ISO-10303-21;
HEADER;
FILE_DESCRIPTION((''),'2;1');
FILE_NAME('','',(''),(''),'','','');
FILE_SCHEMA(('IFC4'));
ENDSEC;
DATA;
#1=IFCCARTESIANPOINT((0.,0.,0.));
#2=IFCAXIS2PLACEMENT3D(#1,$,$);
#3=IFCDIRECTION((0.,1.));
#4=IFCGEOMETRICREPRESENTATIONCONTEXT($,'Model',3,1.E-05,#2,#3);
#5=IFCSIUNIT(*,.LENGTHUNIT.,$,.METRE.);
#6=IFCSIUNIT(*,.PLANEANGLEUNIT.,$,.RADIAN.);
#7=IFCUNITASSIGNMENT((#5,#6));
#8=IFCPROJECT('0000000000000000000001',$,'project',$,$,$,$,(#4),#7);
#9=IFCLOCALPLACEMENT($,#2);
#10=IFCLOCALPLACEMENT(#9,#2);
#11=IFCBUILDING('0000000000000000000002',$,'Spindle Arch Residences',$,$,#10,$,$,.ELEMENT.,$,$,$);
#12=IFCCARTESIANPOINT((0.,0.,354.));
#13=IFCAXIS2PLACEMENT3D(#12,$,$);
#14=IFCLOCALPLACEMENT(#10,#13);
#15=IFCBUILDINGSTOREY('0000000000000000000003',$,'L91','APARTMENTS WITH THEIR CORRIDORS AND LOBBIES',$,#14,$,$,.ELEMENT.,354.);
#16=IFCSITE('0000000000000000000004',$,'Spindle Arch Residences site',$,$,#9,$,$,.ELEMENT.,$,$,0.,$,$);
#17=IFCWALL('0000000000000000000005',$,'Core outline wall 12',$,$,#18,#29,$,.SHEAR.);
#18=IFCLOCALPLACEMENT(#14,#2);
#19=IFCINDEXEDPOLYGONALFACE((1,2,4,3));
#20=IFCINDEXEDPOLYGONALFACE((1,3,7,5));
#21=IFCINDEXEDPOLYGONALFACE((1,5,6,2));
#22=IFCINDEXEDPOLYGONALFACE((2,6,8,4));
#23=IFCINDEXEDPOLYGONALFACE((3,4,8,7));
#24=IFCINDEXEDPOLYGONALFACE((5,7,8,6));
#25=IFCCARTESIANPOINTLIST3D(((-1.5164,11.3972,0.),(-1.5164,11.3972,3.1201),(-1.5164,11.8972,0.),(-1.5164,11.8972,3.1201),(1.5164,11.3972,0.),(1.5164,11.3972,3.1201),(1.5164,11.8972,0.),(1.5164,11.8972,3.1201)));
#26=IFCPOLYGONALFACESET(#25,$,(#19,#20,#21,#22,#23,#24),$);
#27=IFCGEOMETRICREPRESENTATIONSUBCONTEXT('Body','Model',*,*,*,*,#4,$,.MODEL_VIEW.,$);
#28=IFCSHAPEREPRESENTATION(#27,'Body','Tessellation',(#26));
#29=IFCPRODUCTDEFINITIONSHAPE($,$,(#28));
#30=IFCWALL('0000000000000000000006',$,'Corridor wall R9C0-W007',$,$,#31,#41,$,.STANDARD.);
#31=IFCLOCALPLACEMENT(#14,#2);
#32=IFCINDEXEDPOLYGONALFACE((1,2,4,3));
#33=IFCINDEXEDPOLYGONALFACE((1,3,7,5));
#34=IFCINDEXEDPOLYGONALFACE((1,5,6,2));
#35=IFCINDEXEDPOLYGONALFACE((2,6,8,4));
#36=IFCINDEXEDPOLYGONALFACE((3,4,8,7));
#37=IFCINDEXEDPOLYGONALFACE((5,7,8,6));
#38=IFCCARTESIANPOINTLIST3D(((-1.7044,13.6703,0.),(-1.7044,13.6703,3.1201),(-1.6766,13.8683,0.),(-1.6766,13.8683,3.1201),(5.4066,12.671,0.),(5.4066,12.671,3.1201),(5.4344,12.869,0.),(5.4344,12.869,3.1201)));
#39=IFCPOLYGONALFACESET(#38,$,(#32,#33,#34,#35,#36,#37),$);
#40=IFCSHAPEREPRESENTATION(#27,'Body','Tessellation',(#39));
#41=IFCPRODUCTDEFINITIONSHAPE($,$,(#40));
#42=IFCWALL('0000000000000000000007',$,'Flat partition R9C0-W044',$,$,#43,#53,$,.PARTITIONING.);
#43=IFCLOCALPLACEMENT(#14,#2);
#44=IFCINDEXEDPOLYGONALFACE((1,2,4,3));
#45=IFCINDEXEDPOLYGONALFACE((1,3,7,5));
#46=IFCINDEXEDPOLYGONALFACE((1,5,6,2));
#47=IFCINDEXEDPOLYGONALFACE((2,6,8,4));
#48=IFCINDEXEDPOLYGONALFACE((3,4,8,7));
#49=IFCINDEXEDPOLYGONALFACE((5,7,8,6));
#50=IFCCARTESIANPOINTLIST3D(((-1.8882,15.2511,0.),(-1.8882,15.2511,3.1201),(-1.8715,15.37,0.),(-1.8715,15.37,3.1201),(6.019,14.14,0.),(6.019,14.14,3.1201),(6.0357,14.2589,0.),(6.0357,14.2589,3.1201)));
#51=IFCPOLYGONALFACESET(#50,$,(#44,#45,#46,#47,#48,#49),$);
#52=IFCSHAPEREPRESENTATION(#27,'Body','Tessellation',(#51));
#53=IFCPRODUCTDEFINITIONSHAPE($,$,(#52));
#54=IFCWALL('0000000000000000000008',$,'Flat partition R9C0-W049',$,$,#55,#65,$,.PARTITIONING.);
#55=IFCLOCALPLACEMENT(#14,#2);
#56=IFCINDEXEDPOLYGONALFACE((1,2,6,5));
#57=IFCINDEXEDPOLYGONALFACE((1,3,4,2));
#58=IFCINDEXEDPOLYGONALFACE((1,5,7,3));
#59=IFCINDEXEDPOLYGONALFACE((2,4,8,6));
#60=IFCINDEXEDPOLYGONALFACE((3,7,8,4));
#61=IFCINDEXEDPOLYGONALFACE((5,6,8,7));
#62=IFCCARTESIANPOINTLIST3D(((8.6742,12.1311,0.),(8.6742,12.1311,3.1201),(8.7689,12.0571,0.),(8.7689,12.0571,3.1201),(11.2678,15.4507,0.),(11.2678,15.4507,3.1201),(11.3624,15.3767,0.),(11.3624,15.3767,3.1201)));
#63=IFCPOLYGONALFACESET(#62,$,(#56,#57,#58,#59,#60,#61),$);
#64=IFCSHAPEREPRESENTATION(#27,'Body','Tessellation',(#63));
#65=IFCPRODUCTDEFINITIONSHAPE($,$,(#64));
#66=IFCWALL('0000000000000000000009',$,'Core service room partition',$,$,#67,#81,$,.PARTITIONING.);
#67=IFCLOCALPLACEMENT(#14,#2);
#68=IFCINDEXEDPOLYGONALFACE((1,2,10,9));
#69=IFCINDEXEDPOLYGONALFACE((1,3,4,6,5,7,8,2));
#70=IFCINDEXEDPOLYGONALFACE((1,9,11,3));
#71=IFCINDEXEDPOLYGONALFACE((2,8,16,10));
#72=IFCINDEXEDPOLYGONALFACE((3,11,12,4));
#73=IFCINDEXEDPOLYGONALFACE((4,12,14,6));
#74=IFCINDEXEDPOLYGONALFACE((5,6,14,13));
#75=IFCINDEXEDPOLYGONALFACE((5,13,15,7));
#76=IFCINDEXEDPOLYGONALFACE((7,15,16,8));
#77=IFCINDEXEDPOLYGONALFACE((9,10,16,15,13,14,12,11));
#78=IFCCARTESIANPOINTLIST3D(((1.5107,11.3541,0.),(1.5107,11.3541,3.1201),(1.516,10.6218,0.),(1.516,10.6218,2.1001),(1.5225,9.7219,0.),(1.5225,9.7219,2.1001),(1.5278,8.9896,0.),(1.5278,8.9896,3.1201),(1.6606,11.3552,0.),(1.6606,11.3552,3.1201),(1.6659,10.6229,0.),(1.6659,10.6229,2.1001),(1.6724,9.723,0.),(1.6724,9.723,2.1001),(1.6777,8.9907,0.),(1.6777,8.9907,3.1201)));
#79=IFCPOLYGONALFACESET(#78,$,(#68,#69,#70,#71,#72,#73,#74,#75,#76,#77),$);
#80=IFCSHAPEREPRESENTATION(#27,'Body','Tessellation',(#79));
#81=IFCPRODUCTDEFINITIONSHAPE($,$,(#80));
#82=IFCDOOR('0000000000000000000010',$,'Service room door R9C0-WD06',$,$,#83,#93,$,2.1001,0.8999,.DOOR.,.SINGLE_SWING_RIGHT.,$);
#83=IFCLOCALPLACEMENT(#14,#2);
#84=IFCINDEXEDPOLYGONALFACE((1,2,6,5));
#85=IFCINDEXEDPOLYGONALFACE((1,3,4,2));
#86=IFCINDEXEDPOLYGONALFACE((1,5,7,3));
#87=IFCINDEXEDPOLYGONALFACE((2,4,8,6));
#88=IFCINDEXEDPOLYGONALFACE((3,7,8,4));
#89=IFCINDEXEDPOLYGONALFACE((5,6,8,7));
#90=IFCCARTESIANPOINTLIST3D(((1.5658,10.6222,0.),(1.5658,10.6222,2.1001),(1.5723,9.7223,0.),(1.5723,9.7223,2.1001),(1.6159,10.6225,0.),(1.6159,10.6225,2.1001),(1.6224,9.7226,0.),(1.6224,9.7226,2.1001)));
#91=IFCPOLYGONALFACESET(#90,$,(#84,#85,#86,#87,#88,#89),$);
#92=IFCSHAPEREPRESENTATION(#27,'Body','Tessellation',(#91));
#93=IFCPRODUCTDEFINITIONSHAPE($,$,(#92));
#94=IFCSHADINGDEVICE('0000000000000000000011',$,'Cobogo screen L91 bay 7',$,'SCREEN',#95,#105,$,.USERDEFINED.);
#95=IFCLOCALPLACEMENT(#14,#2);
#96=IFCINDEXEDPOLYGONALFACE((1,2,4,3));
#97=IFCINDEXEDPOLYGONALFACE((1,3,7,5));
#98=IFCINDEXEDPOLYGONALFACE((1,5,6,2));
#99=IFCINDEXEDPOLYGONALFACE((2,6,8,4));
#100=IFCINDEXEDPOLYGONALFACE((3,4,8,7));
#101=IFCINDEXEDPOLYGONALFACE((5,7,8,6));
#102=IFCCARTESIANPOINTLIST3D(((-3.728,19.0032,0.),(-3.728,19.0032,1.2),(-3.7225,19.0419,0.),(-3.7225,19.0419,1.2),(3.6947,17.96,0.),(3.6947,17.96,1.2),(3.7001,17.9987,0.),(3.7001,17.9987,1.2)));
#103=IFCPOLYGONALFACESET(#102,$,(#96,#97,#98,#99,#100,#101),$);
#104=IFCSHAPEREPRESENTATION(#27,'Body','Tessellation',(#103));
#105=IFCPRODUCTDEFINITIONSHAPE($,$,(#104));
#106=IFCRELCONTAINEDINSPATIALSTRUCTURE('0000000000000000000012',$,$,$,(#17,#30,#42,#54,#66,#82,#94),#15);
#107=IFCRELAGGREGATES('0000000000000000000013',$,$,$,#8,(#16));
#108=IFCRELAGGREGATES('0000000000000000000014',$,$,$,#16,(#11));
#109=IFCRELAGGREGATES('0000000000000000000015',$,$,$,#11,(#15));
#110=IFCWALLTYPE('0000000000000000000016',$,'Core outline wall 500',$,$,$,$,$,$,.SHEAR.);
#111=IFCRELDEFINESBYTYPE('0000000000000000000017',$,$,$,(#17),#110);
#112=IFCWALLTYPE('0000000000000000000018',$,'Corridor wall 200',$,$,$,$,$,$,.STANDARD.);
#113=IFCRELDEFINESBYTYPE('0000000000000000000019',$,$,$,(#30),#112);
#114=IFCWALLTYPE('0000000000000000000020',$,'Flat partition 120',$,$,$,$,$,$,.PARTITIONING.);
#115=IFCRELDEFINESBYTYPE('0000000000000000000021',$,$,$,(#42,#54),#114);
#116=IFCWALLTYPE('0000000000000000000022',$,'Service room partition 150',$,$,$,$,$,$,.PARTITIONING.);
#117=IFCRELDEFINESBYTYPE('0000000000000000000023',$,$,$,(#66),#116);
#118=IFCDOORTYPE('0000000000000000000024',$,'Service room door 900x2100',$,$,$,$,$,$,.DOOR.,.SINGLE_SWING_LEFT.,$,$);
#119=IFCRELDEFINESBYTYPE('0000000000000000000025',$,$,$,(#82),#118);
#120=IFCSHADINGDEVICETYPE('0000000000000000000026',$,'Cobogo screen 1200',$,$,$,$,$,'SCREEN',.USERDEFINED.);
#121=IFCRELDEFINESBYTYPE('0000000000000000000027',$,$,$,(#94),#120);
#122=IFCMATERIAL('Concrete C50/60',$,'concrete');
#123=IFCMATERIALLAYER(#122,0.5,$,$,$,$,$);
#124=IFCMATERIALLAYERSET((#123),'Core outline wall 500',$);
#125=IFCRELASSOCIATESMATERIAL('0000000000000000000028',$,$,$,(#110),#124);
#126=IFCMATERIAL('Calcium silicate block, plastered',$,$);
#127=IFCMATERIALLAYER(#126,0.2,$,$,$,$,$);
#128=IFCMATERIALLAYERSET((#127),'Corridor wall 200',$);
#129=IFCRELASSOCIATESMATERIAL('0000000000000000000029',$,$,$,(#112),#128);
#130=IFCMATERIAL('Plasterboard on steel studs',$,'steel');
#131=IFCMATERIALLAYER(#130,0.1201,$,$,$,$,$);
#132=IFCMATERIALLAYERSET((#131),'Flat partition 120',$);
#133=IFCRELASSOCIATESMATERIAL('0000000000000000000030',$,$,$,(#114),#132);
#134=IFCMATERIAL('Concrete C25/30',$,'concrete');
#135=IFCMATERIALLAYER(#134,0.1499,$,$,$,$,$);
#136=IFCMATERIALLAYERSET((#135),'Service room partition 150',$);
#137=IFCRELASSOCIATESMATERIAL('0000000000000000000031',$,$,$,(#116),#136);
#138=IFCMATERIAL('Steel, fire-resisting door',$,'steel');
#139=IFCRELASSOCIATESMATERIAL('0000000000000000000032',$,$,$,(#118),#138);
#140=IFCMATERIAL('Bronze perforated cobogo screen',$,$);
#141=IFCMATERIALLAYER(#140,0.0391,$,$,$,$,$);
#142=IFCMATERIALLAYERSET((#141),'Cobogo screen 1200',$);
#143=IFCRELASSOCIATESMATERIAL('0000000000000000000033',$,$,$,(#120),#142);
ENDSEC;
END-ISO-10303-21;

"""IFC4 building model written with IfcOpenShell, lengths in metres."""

from ifc_helpers import new_model, si_unit, direction, frame, frame_2d, origin, origin_2d, place, context, subcontext, project, spatial, rectangle, extrude, material, layer, layer_set, type_object, element, fill, save


model = new_model("IFC4")

# Units and contexts
model_context = context("Model", 3, precision=1e-05, world=origin(), true_north=direction((0.0, 1.0)))
body_context = subcontext(model_context, "Body", "Model", "MODEL_VIEW")
ifc_project = project(units=[si_unit("LENGTHUNIT", "METRE"), si_unit("PLANEANGLEUNIT", "RADIAN")], contexts=[model_context])

# Site, building, storey
site_placement = place(None, origin())
site = spatial("IfcSite", under=ifc_project, at=site_placement, Name="Spindle Arch Residences site", CompositionType="ELEMENT", RefElevation=0.0)
building_placement = place(site_placement, origin())
building = spatial("IfcBuilding", under=site, at=building_placement, Name="Spindle Arch Residences", CompositionType="ELEMENT")
storey_placement = place(building_placement, frame((0.0, 0.0, 354.0)))
storey = spatial("IfcBuildingStorey", under=building, at=storey_placement, Name="L91", Description="APARTMENTS WITH THEIR CORRIDORS AND LOBBIES", CompositionType="ELEMENT", Elevation=354.0)

# Walls
ifc_material_1 = material(Name="Concrete C50/60", Category="concrete")
ifc_layer_1 = layer(ifc_material_1, 0.5)
ifc_layer_set_1 = layer_set([ifc_layer_1], Name="Core outline wall 500")
wall_type_1 = type_object("IfcWallType", Name="Core outline wall 500", PredefinedType="SHEAR", material=ifc_layer_set_1)
wall_1_placement = place(storey_placement, frame((1.5164, 11.6472, 0.0), z_axis=(0.0, 0.0, 1.0), x_axis=(-1.0, 0.0, 0.0)))
element("IfcWall", 1, at=wall_1_placement, inside=storey, type_object=wall_type_1, Name="Core outline wall 12", PredefinedType="SHEAR", context=body_context, shape_type="SweptSolid", body=[
    extrude(rectangle(XDim=3.0327, YDim=0.5, at=frame_2d((1.5164, 0.0))), origin(), (0.0, 0.0, 1.0), 3.1201),
])
ifc_material_2 = material(Name="Calcium silicate block, plastered")
ifc_layer_2 = layer(ifc_material_2, 0.2)
ifc_layer_set_2 = layer_set([ifc_layer_2], Name="Corridor wall 200")
wall_type_2 = type_object("IfcWallType", Name="Corridor wall 200", PredefinedType="STANDARD", material=ifc_layer_set_2)
wall_2_placement = place(storey_placement, frame((5.4204, 12.77, 0.0), z_axis=(0.0, 0.0, 1.0), x_axis=(-0.990271, 0.139155, 0.0)))
element("IfcWall", 2, at=wall_2_placement, inside=storey, type_object=wall_type_2, Name="Corridor wall R9C0-W007", PredefinedType="STANDARD", context=body_context, shape_type="SweptSolid", body=[
    extrude(rectangle(XDim=7.1809, YDim=0.2, at=frame_2d((3.5903, 0.0))), origin(), (0.0, 0.0, 1.0), 3.1201),
])
ifc_material_3 = material(Name="Plasterboard on steel studs", Category="steel")
ifc_layer_3 = layer(ifc_material_3, 0.1201)
ifc_layer_set_3 = layer_set([ifc_layer_3], Name="Flat partition 120")
wall_type_3 = type_object("IfcWallType", Name="Flat partition 120", PredefinedType="PARTITIONING", material=ifc_layer_set_3)
wall_3_placement = place(storey_placement, frame((6.0273, 14.1995, 0.0), z_axis=(0.0, 0.0, 1.0), x_axis=(-0.990272, 0.139148, 0.0)))
element("IfcWall", 3, at=wall_3_placement, inside=storey, type_object=wall_type_3, Name="Flat partition R9C0-W044", PredefinedType="PARTITIONING", context=body_context, shape_type="SweptSolid", body=[
    extrude(rectangle(XDim=7.9849, YDim=0.1201, at=frame_2d((3.9924, 0.0))), origin(), (0.0, 0.0, 1.0), 3.1201),
])
wall_4_placement = place(storey_placement, frame((11.3152, 15.4138, 0.0), z_axis=(0.0, 0.0, 1.0), x_axis=(-0.615656, -0.788015, 0.0)))
element("IfcWall", 4, at=wall_4_placement, inside=storey, type_object=wall_type_3, Name="Flat partition R9C0-W049", PredefinedType="PARTITIONING", context=body_context, shape_type="SweptSolid", body=[
    extrude(rectangle(XDim=4.2126, YDim=0.1201, at=frame_2d((2.1064, 0.0))), origin(), (0.0, 0.0, 1.0), 3.1201),
])

# Wall, opening, door
ifc_material_4 = material(Name="Concrete C25/30", Category="concrete")
ifc_layer_4 = layer(ifc_material_4, 0.1499)
ifc_layer_set_4 = layer_set([ifc_layer_4], Name="Service room partition 150")
wall_type_4 = type_object("IfcWallType", Name="Service room partition 150", PredefinedType="PARTITIONING", material=ifc_layer_set_4)
wall_5_placement = place(storey_placement, frame((1.5857, 11.3545, 0.0), z_axis=(0.0, 0.0, 1.0), x_axis=(0.007227, -0.999974, 0.0)))
wall_5 = element("IfcWall", 5, at=wall_5_placement, inside=storey, type_object=wall_type_4, Name="Core service room partition", PredefinedType="PARTITIONING", context=body_context, shape_type="SweptSolid", body=[
    extrude(rectangle(XDim=2.3645, YDim=0.1499, at=frame_2d((1.1821, 0.0))), origin(), (0.0, 0.0, 1.0), 3.1201),
])
opening_1_placement = place(wall_5_placement, frame((0.7322, 0.0, 0.0)))
opening_1 = element("IfcOpeningElement", 6, at=opening_1_placement, cuts=wall_5, PredefinedType="OPENING", context=body_context, shape_type="SweptSolid", body=[
    extrude(rectangle(XDim=0.8999, YDim=2.1001, at=frame_2d((0.45, 1.05))), frame((0.0, 0.085, 0.0), z_axis=(0.0, -1.0, 0.0), x_axis=(1.0, 0.0, 0.0)), (0.0, 0.0, 1.0), 0.1699),
])
ifc_material_5 = material(Name="Steel, fire-resisting door", Category="steel")
door_type_1 = type_object("IfcDoorType", Name="Service room door 900x2100", OperationType="SINGLE_SWING_LEFT", PredefinedType="DOOR", material=ifc_material_5)
door_1_placement = place(opening_1_placement, origin())
door_1 = element("IfcDoor", 7, at=door_1_placement, inside=storey, type_object=door_type_1, Name="Service room door R9C0-WD06", OperationType="SINGLE_SWING_RIGHT", OverallHeight=2.1001, OverallWidth=0.8999, PredefinedType="DOOR", context=body_context, shape_type="SweptSolid", body=[
    extrude(rectangle(XDim=0.8999, YDim=2.1001, at=frame_2d((0.45, 1.05))), frame((0.0, 0.0249, 0.0), z_axis=(0.0, -1.0, 0.0), x_axis=(1.0, 0.0, 0.0)), (0.0, 0.0, 1.0), 0.05),
])
fill(opening_1, door_1)

# Shading device
ifc_material_6 = material(Name="Bronze perforated cobogo screen")
ifc_layer_5 = layer(ifc_material_6, 0.0391)
ifc_layer_set_5 = layer_set([ifc_layer_5], Name="Cobogo screen 1200")
shading_device_type = type_object("IfcShadingDeviceType", Name="Cobogo screen 1200", ElementType="SCREEN", PredefinedType="USERDEFINED", material=ifc_layer_set_5)
shading_device_placement = place(storey_placement, frame((-0.0139, 18.501, 0.0), z_axis=(0.0, 0.0, 1.0), x_axis=(-0.990268, 0.139173, 0.0)))
element("IfcShadingDevice", 8, at=shading_device_placement, inside=storey, type_object=shading_device_type, Name="Cobogo screen L91 bay 7", ObjectType="SCREEN", PredefinedType="USERDEFINED", context=body_context, shape_type="SweptSolid", body=[
    extrude(rectangle(XDim=7.4956, YDim=0.0391, at=origin_2d()), origin(), (0.0, 0.0, 1.0), 1.2),
])

save(model, "model.ifc")
